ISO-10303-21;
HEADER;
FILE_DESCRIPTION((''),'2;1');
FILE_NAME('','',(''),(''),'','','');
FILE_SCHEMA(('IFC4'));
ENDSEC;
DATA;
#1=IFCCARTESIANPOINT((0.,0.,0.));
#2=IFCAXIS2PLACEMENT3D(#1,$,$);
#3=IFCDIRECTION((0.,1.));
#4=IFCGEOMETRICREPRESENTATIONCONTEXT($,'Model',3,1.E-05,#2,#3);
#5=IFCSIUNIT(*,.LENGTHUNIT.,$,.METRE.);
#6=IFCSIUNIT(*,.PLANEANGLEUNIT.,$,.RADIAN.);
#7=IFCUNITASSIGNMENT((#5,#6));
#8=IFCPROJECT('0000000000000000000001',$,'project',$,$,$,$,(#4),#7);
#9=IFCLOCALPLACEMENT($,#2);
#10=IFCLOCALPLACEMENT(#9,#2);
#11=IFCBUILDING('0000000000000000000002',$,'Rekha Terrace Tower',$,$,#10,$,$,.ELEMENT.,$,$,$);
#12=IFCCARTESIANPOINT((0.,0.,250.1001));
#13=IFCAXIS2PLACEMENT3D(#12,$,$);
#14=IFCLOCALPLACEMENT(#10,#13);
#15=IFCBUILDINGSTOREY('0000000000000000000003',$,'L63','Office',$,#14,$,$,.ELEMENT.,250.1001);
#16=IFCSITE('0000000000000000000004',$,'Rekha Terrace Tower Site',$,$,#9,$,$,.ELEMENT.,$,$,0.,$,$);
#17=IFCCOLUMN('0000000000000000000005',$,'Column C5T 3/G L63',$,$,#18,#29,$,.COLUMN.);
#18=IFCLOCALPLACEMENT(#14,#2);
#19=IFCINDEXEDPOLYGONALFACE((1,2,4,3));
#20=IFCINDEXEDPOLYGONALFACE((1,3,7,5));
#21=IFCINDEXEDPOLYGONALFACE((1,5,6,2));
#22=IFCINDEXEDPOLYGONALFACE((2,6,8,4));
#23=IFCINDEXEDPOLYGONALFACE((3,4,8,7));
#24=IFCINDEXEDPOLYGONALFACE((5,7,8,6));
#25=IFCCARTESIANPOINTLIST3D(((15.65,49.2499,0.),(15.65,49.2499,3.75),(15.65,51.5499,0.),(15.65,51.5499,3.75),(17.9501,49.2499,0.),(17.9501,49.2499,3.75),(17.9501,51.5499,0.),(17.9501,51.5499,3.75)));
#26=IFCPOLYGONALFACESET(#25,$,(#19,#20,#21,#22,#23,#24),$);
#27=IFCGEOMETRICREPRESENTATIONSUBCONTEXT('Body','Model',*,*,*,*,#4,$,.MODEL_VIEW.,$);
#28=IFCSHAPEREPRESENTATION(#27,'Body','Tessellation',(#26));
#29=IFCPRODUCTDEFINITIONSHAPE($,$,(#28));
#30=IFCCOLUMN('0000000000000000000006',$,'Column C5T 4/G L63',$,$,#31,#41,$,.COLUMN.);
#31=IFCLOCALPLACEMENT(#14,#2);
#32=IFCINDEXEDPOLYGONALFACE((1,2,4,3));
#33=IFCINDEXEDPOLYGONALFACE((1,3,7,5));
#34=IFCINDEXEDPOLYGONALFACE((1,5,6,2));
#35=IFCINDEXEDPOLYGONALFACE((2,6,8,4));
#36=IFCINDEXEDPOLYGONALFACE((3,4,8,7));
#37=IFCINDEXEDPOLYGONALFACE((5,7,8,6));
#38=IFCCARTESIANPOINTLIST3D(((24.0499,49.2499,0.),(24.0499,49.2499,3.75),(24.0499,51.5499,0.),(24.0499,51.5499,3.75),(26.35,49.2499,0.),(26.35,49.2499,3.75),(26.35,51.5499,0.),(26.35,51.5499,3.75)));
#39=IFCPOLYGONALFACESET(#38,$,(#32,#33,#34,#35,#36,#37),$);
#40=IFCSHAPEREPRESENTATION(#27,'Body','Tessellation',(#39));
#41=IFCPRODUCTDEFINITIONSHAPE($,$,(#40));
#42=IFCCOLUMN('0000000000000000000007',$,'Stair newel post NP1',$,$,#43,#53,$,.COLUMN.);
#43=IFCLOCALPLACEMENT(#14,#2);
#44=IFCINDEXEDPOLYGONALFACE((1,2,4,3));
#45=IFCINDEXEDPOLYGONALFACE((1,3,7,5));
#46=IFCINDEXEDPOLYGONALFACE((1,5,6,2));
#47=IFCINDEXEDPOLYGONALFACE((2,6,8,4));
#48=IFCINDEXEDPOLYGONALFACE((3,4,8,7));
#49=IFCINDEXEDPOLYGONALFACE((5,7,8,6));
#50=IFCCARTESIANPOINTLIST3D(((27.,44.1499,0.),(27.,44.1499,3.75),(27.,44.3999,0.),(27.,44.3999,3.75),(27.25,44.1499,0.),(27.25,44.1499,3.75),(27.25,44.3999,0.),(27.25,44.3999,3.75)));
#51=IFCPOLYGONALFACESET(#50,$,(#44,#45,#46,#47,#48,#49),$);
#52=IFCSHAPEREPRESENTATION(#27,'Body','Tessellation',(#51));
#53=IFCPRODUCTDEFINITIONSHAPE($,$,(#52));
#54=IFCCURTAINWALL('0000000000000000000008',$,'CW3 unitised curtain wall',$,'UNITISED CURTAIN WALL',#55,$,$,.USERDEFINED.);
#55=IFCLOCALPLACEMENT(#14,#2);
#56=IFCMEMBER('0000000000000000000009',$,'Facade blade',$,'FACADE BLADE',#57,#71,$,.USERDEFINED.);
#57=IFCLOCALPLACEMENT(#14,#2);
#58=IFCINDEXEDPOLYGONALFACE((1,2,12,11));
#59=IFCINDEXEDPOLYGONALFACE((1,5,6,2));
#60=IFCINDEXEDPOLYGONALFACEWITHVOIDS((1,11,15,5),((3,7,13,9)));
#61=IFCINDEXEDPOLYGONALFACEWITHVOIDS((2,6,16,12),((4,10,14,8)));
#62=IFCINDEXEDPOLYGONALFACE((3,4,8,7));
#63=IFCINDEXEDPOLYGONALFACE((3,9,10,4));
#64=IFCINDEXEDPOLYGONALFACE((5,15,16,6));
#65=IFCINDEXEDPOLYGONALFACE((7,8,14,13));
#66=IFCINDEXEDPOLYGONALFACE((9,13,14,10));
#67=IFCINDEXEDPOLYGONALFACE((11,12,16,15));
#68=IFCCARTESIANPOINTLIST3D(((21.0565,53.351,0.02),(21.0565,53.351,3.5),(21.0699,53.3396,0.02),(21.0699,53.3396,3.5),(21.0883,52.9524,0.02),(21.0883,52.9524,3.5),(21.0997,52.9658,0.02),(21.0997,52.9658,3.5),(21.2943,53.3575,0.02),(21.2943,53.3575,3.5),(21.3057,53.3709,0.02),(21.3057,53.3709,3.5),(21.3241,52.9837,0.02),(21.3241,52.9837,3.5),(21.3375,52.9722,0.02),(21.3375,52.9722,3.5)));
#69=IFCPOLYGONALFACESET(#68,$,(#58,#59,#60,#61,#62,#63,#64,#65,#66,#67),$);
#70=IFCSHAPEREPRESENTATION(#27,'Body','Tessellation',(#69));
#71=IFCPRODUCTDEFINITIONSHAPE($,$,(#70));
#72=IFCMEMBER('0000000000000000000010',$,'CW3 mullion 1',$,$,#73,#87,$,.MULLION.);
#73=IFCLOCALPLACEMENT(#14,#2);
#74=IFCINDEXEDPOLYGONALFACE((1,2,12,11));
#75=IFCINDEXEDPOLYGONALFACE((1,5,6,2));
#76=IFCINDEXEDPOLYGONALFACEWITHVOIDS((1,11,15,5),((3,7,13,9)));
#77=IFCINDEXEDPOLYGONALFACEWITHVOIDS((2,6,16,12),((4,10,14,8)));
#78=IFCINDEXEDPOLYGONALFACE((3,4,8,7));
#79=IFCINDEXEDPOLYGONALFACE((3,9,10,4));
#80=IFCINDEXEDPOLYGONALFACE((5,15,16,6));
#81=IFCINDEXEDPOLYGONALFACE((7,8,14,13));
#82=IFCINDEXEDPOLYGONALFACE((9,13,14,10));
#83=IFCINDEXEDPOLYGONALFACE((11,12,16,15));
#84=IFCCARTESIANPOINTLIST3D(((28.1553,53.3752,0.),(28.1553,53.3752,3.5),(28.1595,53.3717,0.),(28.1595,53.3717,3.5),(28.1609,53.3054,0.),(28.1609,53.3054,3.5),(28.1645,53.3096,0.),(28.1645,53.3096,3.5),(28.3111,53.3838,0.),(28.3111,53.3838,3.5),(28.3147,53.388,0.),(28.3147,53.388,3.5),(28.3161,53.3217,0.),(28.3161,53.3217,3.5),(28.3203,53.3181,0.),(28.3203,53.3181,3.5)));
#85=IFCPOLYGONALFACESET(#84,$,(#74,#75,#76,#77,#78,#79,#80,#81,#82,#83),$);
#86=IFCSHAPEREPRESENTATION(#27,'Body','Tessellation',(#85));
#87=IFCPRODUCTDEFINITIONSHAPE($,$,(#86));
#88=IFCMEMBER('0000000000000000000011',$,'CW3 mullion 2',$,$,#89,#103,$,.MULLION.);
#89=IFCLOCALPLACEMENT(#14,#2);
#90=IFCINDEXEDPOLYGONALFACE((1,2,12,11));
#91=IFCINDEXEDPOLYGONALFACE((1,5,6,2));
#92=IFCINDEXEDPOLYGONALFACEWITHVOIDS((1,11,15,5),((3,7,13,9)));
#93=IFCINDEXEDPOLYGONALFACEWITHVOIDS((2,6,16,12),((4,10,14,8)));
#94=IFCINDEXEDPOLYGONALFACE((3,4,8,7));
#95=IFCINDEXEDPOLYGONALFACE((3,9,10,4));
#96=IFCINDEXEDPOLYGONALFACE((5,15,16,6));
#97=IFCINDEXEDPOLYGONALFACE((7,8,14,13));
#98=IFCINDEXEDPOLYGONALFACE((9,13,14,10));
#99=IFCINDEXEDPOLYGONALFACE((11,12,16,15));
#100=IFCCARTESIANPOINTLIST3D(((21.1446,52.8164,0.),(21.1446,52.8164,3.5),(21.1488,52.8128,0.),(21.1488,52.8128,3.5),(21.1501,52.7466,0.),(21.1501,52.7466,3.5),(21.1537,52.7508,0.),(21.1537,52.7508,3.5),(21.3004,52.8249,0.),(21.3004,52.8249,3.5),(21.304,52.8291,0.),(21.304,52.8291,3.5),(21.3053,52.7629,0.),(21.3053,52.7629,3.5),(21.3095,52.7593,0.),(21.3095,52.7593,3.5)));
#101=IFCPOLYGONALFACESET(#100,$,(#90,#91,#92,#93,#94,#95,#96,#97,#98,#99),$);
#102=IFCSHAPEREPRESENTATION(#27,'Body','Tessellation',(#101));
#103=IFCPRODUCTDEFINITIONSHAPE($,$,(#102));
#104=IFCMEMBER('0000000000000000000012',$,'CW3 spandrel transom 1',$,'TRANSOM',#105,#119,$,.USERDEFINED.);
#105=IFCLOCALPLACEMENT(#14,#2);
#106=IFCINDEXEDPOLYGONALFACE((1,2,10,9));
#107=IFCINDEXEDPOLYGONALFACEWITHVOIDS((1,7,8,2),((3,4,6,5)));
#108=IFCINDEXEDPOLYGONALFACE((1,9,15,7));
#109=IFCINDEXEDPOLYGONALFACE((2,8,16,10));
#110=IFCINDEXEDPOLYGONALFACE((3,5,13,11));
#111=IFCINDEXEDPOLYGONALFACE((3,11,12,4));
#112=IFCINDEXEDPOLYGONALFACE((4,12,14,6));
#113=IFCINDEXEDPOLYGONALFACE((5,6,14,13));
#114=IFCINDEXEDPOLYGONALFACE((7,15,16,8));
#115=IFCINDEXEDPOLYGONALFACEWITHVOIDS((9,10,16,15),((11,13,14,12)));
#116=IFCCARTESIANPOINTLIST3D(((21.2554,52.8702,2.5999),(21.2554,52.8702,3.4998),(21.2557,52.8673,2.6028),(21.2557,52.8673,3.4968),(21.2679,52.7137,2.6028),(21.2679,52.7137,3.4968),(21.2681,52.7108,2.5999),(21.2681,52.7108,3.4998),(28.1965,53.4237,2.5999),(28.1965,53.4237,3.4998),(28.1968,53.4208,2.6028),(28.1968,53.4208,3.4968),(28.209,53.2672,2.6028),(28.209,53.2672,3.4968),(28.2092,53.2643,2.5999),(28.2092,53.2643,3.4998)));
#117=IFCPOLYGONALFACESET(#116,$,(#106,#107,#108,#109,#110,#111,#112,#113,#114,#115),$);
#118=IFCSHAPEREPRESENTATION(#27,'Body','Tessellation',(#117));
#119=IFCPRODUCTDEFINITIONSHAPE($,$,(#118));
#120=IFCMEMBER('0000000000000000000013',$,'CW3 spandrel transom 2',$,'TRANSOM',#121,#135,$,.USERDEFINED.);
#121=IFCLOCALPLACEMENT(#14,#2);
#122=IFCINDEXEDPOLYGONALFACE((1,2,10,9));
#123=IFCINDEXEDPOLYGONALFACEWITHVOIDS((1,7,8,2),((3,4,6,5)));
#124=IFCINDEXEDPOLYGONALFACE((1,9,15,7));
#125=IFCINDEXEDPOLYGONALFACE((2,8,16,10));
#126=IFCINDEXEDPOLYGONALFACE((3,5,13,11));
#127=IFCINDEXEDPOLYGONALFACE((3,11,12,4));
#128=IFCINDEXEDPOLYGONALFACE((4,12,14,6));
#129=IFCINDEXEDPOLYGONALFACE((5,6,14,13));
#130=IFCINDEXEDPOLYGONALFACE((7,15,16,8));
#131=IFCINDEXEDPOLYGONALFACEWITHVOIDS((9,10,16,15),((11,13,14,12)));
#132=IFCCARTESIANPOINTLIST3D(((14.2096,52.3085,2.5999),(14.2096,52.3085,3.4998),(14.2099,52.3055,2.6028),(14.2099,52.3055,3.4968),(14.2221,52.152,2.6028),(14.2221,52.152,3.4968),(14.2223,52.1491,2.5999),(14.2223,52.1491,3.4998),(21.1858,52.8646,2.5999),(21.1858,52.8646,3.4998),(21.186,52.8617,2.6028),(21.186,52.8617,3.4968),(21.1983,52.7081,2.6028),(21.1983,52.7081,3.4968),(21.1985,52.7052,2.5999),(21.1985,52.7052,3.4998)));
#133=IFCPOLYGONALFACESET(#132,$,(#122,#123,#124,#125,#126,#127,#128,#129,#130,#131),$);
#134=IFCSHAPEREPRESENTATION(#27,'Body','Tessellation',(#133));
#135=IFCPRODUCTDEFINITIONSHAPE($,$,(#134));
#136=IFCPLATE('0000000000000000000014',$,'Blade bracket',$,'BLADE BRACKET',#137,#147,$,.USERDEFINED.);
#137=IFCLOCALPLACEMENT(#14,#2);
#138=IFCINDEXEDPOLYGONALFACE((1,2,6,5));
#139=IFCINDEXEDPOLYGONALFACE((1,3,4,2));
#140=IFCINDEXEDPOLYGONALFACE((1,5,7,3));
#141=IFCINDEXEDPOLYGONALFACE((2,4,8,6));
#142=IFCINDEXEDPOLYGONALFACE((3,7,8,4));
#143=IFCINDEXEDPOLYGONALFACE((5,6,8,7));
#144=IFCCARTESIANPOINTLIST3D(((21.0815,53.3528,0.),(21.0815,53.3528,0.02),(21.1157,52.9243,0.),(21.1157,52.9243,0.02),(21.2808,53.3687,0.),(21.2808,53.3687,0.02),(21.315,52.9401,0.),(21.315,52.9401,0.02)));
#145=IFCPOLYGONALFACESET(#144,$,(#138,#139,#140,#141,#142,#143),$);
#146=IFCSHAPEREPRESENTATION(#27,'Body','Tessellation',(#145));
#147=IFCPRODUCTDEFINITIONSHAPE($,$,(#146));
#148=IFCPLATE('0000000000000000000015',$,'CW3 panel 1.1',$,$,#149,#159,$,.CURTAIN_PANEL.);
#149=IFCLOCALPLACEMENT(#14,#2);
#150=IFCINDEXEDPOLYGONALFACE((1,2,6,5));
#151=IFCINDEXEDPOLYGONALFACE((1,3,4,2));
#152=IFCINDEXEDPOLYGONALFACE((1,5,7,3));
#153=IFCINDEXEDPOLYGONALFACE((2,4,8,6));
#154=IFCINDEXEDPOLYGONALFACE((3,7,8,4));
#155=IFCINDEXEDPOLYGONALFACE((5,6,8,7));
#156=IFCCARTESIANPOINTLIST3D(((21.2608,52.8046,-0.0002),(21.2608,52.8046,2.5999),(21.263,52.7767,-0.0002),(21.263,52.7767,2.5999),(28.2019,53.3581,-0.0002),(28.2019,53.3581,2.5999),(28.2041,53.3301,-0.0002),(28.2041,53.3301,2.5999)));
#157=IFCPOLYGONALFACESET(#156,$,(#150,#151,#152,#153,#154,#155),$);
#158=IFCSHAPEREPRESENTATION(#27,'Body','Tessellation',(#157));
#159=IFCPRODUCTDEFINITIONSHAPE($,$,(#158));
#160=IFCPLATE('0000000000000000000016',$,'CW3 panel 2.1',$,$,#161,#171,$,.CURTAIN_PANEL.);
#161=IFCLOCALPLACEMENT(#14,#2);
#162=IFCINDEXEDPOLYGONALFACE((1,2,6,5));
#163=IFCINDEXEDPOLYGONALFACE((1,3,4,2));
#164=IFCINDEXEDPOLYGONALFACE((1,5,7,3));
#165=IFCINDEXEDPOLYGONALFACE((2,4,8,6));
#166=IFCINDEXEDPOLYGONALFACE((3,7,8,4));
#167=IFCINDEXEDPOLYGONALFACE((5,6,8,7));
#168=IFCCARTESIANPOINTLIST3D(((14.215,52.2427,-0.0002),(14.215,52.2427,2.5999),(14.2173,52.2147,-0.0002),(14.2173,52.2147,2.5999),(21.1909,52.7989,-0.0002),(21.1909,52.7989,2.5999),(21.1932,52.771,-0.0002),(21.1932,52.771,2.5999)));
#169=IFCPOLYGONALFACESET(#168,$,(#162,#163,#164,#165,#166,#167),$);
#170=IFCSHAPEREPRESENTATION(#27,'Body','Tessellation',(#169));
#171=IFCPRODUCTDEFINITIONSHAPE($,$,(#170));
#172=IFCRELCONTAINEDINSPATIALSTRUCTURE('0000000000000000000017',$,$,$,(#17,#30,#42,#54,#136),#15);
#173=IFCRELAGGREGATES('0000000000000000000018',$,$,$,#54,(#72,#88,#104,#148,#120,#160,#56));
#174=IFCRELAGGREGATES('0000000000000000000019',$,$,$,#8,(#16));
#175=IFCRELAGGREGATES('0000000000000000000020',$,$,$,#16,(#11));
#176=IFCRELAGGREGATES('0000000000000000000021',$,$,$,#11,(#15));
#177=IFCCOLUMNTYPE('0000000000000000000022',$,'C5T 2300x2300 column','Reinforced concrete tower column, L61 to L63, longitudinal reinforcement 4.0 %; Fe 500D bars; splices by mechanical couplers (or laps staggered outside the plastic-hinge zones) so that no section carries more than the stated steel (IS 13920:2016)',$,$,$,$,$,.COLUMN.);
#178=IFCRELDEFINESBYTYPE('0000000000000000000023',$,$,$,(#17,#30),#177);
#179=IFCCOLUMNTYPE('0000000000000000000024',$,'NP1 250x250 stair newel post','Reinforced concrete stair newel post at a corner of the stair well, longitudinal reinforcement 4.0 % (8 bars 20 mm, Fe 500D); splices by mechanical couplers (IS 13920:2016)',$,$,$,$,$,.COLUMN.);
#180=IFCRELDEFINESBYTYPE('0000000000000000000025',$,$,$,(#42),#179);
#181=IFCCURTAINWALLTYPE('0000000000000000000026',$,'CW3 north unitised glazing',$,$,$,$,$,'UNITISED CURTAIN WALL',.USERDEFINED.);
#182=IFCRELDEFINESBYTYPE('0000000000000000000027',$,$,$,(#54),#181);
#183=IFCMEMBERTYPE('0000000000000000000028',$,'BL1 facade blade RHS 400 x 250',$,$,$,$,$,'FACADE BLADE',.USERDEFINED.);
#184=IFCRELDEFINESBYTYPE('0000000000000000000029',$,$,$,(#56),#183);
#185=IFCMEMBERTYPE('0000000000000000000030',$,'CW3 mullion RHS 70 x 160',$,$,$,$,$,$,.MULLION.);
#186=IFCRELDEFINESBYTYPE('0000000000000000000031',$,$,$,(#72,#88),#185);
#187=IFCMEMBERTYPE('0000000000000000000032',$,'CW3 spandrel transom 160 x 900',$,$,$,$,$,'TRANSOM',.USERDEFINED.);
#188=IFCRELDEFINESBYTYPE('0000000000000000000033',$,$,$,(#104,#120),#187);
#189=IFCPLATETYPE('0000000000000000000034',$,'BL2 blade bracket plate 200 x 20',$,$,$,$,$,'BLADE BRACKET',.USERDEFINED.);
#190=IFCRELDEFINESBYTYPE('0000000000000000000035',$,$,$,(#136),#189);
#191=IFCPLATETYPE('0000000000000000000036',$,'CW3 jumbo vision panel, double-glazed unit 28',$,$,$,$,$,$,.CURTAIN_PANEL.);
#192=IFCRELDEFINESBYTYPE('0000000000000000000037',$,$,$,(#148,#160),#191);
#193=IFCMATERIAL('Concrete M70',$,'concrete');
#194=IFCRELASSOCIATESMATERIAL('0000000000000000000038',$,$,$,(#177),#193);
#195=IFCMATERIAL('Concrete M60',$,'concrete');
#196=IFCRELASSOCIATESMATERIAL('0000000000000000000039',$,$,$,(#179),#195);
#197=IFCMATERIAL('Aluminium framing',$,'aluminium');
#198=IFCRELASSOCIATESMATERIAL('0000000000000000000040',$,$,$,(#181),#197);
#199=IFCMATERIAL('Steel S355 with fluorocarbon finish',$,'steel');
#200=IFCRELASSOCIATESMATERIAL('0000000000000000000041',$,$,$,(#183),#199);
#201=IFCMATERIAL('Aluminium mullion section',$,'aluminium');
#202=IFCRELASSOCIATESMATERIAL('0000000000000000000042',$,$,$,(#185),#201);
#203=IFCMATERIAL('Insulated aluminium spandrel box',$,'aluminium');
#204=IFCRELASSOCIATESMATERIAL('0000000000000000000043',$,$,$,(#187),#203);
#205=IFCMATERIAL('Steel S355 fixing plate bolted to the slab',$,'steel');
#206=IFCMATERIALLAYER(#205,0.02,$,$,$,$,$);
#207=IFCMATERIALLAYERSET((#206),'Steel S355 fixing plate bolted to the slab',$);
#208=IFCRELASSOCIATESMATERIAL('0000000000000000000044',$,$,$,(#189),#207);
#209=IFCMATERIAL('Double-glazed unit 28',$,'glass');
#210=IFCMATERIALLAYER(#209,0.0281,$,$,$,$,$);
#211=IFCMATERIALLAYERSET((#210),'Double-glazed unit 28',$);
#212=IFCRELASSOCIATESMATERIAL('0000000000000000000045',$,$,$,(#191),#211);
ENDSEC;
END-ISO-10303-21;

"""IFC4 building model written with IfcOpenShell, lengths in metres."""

from ifc_helpers import new_model, si_unit, direction, frame, origin, origin_2d, place, context, subcontext, project, spatial, rectangle, hollow_rectangle, extrude, material, layer, layer_set, material_profile, profile_set, type_object, element, aggregate, save


model = new_model("IFC4")

# Units and contexts
model_context = context("Model", 3, precision=1e-05, world=origin(), true_north=direction((0.0, 1.0)))
body_context = subcontext(model_context, "Body", "Model", "MODEL_VIEW")
ifc_project = project(units=[si_unit("LENGTHUNIT", "METRE"), si_unit("PLANEANGLEUNIT", "RADIAN")], contexts=[model_context])

# Site, building, storey
site_placement = place(None, origin())
site = spatial("IfcSite", under=ifc_project, at=site_placement, Name="Rekha Terrace Tower Site", CompositionType="ELEMENT", RefElevation=0.0)
building_placement = place(site_placement, origin())
building = spatial("IfcBuilding", under=site, at=building_placement, Name="Rekha Terrace Tower", CompositionType="ELEMENT")
storey_placement = place(building_placement, frame((0.0, 0.0, 250.1001)))
storey = spatial("IfcBuildingStorey", under=building, at=storey_placement, Name="L63", Description="Office", CompositionType="ELEMENT", Elevation=250.1001)

# Columns
ifc_material_1 = material(Name="Concrete M70", Category="concrete")
ifc_material_profile_1 = material_profile(ifc_material_1, rectangle(XDim=2.3, YDim=2.3, at=origin_2d()), Name="RC 2300x2300")
ifc_profile_set_1 = profile_set([ifc_material_profile_1], Name="Concrete M70")
column_type_1 = type_object("IfcColumnType", Name="C5T 2300x2300 column", Description="Reinforced concrete tower column, L61 to L63, longitudinal reinforcement 4.0 %; Fe 500D bars; splices by mechanical couplers (or laps staggered outside the plastic-hinge zones) so that no section carries more than the stated steel (IS 13920:2016)", PredefinedType="COLUMN", material=ifc_profile_set_1)
for number, where, z_axis, x_axis, name in (
    (1, (16.8, 50.3999, 0.0), (0.0, 0.0, 1.0), (1.0, 0.0, 0.0), "Column C5T 3/G L63"),
    (2, (25.2, 50.3999, 0.0), (0.0, 0.0, 1.0), (1.0, 0.0, 0.0), "Column C5T 4/G L63"),
):
    element("IfcColumn", number, at=place(storey_placement, frame(where, z_axis=z_axis, x_axis=x_axis)), inside=storey, type_object=column_type_1, Name=name, PredefinedType="COLUMN", context=body_context, shape_type="SweptSolid", body=[
        extrude(rectangle(XDim=2.3, YDim=2.3, at=origin_2d()), origin(), (0.0, 0.0, 1.0), 3.75),
    ])
ifc_material_2 = material(Name="Concrete M60", Category="concrete")
ifc_material_profile_2 = material_profile(ifc_material_2, rectangle(XDim=0.25, YDim=0.25, at=origin_2d()), Name="RC 250x250")
ifc_profile_set_2 = profile_set([ifc_material_profile_2], Name="Concrete M60")
column_type_2 = type_object("IfcColumnType", Name="NP1 250x250 stair newel post", Description="Reinforced concrete stair newel post at a corner of the stair well, longitudinal reinforcement 4.0 % (8 bars 20 mm, Fe 500D); splices by mechanical couplers (IS 13920:2016)", PredefinedType="COLUMN", material=ifc_profile_set_2)
column_placement = place(storey_placement, frame((27.125, 44.2749, 0.0), z_axis=(0.0, 0.0, 1.0), x_axis=(1.0, 0.0, 0.0)))
element("IfcColumn", 3, at=column_placement, inside=storey, type_object=column_type_2, Name="Stair newel post NP1", PredefinedType="COLUMN", context=body_context, shape_type="SweptSolid", body=[
    extrude(rectangle(XDim=0.25, YDim=0.25, at=origin_2d()), origin(), (0.0, 0.0, 1.0), 3.75),
])

# Curtain wall, members
ifc_material_3 = material(Name="Aluminium framing", Category="aluminium")
curtain_wall_type = type_object("IfcCurtainWallType", Name="CW3 north unitised glazing", ElementType="UNITISED CURTAIN WALL", PredefinedType="USERDEFINED", material=ifc_material_3)
curtain_wall_placement = place(storey_placement, origin())
curtain_wall = element("IfcCurtainWall", 4, at=curtain_wall_placement, inside=storey, type_object=curtain_wall_type, Name="CW3 unitised curtain wall", ObjectType="UNITISED CURTAIN WALL", PredefinedType="USERDEFINED")
ifc_material_4 = material(Name="Steel S355 with fluorocarbon finish", Category="steel")
ifc_material_profile_3 = material_profile(ifc_material_4, hollow_rectangle(XDim=0.25, YDim=0.3999, WallThickness=0.0125, at=origin_2d()), Name="RHS400x250x12.5")
ifc_profile_set_3 = profile_set([ifc_material_profile_3], Name="Steel S355 with fluorocarbon finish")
member_type_1 = type_object("IfcMemberType", Name="BL1 facade blade RHS 400 x 250", ElementType="FACADE BLADE", PredefinedType="USERDEFINED", material=ifc_profile_set_3)
member_1_placement = place(storey_placement, frame((21.197, 53.1616, 0.02), z_axis=(0.0, 0.0, 1.0), x_axis=(-0.996836, -0.079486, 0.0)))
member_1 = element("IfcMember", 5, at=member_1_placement, type_object=member_type_1, Name="Facade blade", ObjectType="FACADE BLADE", PredefinedType="USERDEFINED", context=body_context, shape_type="SweptSolid", body=[
    extrude(hollow_rectangle(XDim=0.25, YDim=0.3999, WallThickness=0.0125, at=origin_2d()), origin(), (0.0, 0.0, 1.0), 3.48),
])
ifc_material_5 = material(Name="Aluminium mullion section", Category="aluminium")
ifc_material_profile_4 = material_profile(ifc_material_5, hollow_rectangle(XDim=0.0701, YDim=0.1599, WallThickness=0.0039, at=origin_2d()), Name="AL RHS 70x160")
ifc_profile_set_4 = profile_set([ifc_material_profile_4], Name="Aluminium mullion section")
member_type_2 = type_object("IfcMemberType", Name="CW3 mullion RHS 70 x 160", PredefinedType="MULLION", material=ifc_profile_set_4)
member_2_placement = place(storey_placement, frame((28.2378, 53.3467, 0.0), z_axis=(0.0, 0.0, 1.0), x_axis=(0.079485, -0.996836, 0.0)))
member_2 = element("IfcMember", 6, at=member_2_placement, type_object=member_type_2, Name="CW3 mullion 1", PredefinedType="MULLION", context=body_context, shape_type="SweptSolid", body=[
    extrude(hollow_rectangle(XDim=0.0701, YDim=0.1599, WallThickness=0.0039, at=origin_2d()), origin(), (0.0, 0.0, 1.0), 3.5),
])
member_3_placement = place(storey_placement, frame((21.2271, 52.7878, 0.0), z_axis=(0.0, 0.0, 1.0), x_axis=(0.079485, -0.996836, 0.0)))
member_3 = element("IfcMember", 7, at=member_3_placement, type_object=member_type_2, Name="CW3 mullion 2", PredefinedType="MULLION", context=body_context, shape_type="SweptSolid", body=[
    extrude(hollow_rectangle(XDim=0.0701, YDim=0.1599, WallThickness=0.0039, at=origin_2d()), origin(), (0.0, 0.0, 1.0), 3.5),
])
ifc_material_6 = material(Name="Insulated aluminium spandrel box", Category="aluminium")
ifc_material_profile_5 = material_profile(ifc_material_6, hollow_rectangle(XDim=0.1599, YDim=0.8999, WallThickness=0.0029, at=origin_2d()), Name="AL SPANDREL BOX 160x900")
ifc_profile_set_5 = profile_set([ifc_material_profile_5], Name="Insulated aluminium spandrel box")
member_type_3 = type_object("IfcMemberType", Name="CW3 spandrel transom 160 x 900", ElementType="TRANSOM", PredefinedType="USERDEFINED", material=ifc_profile_set_5)
member_4_placement = place(storey_placement, frame((28.2029, 53.344, 3.0498), z_axis=(-0.996836, -0.079485, 0.0), x_axis=(0.079485, -0.996836, 0.0)))
member_4 = element("IfcMember", 8, at=member_4_placement, type_object=member_type_3, Name="CW3 spandrel transom 1", ObjectType="TRANSOM", PredefinedType="USERDEFINED", context=body_context, shape_type="SweptSolid", body=[
    extrude(hollow_rectangle(XDim=0.1599, YDim=0.8999, WallThickness=0.0029, at=origin_2d()), origin(), (0.0, 0.0, 1.0), 6.9631),
])
member_5_placement = place(storey_placement, frame((21.1921, 52.7849, 3.0498), z_axis=(-0.996837, -0.079471, 0.0), x_axis=(0.079471, -0.996837, 0.0)))
member_5 = element("IfcMember", 9, at=member_5_placement, type_object=member_type_3, Name="CW3 spandrel transom 2", ObjectType="TRANSOM", PredefinedType="USERDEFINED", context=body_context, shape_type="SweptSolid", body=[
    extrude(hollow_rectangle(XDim=0.1599, YDim=0.8999, WallThickness=0.0029, at=origin_2d()), origin(), (0.0, 0.0, 1.0), 6.9983),
])

# Plates
ifc_material_7 = material(Name="Steel S355 fixing plate bolted to the slab", Category="steel")
ifc_layer_1 = layer(ifc_material_7, 0.02)
ifc_layer_set_1 = layer_set([ifc_layer_1], Name="Steel S355 fixing plate bolted to the slab")
plate_type_1 = type_object("IfcPlateType", Name="BL2 blade bracket plate 200 x 20", ElementType="BLADE BRACKET", PredefinedType="USERDEFINED", material=ifc_layer_set_1)
plate_1_placement = place(storey_placement, frame((21.1982, 53.1465, 0.0), z_axis=(0.0, 0.0, 1.0), x_axis=(-0.079486, 0.996836, 0.0)))
element("IfcPlate", 10, at=plate_1_placement, inside=storey, type_object=plate_type_1, Name="Blade bracket", ObjectType="BLADE BRACKET", PredefinedType="USERDEFINED", context=body_context, shape_type="SweptSolid", body=[
    extrude(rectangle(XDim=0.4299, YDim=0.2, at=origin_2d()), origin(), (0.0, 0.0, 1.0), 0.02),
])
ifc_material_8 = material(Name="Double-glazed unit 28", Category="glass")
ifc_layer_2 = layer(ifc_material_8, 0.0281)
ifc_layer_set_2 = layer_set([ifc_layer_2], Name="Double-glazed unit 28")
plate_type_2 = type_object("IfcPlateType", Name="CW3 jumbo vision panel, double-glazed unit 28", PredefinedType="CURTAIN_PANEL", material=ifc_layer_set_2)
plate_2_placement = place(storey_placement, frame((24.7324, 53.0674, -0.0002), z_axis=(0.0, 0.0, 1.0), x_axis=(-0.996836, -0.079485, 0.0)))
plate_2 = element("IfcPlate", 11, at=plate_2_placement, type_object=plate_type_2, Name="CW3 panel 1.1", PredefinedType="CURTAIN_PANEL", context=body_context, shape_type="SweptSolid", body=[
    extrude(rectangle(XDim=6.9631, YDim=0.0281, at=origin_2d()), origin(), (0.0, 0.0, 1.0), 2.6001),
])
plate_3_placement = place(storey_placement, frame((17.7041, 52.5068, -0.0002), z_axis=(0.0, 0.0, 1.0), x_axis=(-0.996836, -0.079485, 0.0)))
plate_3 = element("IfcPlate", 12, at=plate_3_placement, type_object=plate_type_2, Name="CW3 panel 2.1", PredefinedType="CURTAIN_PANEL", context=body_context, shape_type="SweptSolid", body=[
    extrude(rectangle(XDim=6.998, YDim=0.0281, at=origin_2d()), origin(), (0.0, 0.0, 1.0), 2.6001),
])
aggregate(curtain_wall, [member_2, member_3, member_4, plate_2, member_5, plate_3, member_1])

save(model, "model.ifc")
